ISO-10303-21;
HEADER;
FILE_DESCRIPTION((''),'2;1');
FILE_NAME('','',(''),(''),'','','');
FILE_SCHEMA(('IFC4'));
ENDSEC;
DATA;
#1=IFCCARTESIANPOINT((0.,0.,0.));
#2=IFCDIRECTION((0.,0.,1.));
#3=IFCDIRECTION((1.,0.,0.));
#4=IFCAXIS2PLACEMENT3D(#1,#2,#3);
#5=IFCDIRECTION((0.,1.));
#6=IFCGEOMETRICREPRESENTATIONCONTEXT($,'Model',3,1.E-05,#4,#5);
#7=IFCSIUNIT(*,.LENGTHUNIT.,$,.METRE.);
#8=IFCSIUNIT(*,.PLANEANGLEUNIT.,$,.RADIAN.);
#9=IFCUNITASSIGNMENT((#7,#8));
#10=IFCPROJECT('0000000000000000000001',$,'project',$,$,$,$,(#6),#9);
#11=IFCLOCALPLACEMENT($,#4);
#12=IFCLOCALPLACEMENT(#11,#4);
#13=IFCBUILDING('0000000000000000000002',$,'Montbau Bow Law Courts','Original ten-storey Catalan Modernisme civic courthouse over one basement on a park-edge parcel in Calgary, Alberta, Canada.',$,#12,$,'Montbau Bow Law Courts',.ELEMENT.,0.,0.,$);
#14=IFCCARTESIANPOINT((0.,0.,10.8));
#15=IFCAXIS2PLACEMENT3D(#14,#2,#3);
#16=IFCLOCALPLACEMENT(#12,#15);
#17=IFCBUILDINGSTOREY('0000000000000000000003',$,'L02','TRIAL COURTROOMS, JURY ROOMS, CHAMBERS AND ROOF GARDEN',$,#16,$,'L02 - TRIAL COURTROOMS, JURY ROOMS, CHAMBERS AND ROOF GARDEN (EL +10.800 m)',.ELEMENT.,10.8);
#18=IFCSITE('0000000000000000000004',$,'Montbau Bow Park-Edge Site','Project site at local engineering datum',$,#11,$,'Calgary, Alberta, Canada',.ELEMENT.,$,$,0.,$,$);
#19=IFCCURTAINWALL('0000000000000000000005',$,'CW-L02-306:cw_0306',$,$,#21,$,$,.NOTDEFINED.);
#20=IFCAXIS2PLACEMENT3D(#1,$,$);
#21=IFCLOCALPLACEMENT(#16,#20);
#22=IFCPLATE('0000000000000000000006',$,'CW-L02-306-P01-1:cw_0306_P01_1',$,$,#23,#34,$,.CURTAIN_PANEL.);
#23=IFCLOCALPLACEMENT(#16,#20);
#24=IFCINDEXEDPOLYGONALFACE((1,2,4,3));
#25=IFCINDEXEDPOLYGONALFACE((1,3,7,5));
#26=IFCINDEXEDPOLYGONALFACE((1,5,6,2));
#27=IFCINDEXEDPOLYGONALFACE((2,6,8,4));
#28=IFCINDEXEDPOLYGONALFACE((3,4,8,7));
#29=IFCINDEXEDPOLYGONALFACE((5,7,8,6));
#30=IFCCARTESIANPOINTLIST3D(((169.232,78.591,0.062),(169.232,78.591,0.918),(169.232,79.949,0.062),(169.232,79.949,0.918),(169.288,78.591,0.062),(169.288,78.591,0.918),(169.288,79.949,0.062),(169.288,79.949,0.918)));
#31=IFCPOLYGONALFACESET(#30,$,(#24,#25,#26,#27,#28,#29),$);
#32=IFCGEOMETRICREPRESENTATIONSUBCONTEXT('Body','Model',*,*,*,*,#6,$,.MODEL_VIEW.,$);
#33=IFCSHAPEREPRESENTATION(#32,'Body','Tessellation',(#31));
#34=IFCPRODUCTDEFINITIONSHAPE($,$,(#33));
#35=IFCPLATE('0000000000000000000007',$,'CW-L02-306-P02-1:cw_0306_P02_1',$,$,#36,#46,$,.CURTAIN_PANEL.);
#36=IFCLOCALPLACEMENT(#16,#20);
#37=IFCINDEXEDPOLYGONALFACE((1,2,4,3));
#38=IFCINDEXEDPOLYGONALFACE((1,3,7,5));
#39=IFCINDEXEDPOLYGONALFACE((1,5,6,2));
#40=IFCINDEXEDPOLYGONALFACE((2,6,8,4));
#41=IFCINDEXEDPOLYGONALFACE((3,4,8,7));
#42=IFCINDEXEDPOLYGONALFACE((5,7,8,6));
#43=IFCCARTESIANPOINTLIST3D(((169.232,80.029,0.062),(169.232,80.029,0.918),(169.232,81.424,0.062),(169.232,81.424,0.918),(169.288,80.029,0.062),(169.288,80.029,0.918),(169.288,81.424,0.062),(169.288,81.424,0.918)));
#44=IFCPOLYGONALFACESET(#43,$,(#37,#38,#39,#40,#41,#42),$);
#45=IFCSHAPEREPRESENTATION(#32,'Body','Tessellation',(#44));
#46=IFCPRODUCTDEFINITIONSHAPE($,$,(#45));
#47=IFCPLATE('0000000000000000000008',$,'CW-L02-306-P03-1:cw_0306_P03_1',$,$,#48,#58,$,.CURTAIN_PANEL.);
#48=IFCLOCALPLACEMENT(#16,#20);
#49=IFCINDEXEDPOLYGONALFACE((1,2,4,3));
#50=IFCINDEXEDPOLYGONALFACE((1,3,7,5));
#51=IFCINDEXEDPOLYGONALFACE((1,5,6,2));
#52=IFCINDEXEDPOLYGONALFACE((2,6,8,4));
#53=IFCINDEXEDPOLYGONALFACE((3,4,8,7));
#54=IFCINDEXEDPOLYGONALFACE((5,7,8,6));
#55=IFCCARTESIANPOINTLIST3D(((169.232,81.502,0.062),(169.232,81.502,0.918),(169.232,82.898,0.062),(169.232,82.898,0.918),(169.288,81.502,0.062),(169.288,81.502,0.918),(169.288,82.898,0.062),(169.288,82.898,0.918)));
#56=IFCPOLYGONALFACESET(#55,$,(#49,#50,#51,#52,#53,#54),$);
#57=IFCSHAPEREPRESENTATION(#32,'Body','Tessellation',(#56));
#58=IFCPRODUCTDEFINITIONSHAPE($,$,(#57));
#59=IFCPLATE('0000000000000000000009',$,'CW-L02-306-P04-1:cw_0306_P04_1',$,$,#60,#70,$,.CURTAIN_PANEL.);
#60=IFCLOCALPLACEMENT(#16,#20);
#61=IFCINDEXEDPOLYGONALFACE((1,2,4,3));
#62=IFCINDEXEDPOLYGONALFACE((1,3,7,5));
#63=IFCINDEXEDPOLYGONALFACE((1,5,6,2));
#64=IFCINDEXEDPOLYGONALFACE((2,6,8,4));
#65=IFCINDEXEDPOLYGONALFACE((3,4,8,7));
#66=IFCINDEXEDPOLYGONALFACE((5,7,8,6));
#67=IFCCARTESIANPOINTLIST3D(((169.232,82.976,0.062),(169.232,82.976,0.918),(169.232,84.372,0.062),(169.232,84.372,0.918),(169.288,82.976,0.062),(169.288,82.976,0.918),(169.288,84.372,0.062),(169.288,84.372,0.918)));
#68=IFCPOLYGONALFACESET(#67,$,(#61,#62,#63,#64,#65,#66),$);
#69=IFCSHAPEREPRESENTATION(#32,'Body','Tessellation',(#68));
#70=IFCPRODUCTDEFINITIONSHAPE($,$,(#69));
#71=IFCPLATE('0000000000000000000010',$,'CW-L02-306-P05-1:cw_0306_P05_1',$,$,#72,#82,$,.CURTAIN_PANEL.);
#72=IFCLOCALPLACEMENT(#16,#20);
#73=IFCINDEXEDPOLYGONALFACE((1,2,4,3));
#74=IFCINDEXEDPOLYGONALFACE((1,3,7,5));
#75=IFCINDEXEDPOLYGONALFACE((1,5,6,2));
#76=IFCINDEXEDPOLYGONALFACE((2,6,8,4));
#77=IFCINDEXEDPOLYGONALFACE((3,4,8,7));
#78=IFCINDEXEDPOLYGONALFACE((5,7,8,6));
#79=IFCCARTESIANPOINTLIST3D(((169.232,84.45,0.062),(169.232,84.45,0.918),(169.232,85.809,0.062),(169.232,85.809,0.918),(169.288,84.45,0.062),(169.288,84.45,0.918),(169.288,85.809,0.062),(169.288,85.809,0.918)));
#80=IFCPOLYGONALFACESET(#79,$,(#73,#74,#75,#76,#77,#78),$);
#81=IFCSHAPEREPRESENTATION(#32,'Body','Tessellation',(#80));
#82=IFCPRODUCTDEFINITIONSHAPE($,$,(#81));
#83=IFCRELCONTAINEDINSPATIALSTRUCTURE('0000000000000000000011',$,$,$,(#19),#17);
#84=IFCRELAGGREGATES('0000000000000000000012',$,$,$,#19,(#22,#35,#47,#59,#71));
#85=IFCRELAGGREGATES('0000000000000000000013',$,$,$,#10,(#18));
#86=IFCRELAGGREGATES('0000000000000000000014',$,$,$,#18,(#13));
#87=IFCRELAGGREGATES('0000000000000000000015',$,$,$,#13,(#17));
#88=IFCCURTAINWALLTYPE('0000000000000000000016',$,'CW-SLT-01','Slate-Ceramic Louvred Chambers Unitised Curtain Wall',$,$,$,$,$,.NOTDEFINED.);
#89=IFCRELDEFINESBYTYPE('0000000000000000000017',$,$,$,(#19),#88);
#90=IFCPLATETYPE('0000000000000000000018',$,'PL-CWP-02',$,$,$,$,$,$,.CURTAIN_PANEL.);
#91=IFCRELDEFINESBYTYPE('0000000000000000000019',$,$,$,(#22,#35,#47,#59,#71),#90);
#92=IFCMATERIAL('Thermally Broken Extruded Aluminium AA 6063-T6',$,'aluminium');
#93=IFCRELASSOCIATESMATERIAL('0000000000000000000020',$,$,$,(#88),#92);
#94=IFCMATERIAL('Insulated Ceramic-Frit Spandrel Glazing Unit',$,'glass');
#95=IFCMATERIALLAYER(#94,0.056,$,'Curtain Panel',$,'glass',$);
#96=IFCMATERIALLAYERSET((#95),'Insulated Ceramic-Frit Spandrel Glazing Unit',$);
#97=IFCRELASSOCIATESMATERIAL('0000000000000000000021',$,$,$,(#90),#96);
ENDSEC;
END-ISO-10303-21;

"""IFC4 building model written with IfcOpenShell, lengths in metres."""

from ifc_helpers import new_model, si_unit, direction, frame, frame_2d, origin_with_axes, place, context, subcontext, project, spatial, rectangle, extrude, material, layer, layer_set, type_object, element, aggregate, save


model = new_model("IFC4")

# Units and contexts
model_context = context("Model", 3, precision=1e-05, world=origin_with_axes(), true_north=direction((0.0, 1.0)))
body_context = subcontext(model_context, "Body", "Model", "MODEL_VIEW")
ifc_project = project(units=[si_unit("LENGTHUNIT", "METRE"), si_unit("PLANEANGLEUNIT", "RADIAN")], contexts=[model_context])

# Site, building, storey
site_placement = place(None, origin_with_axes())
site = spatial("IfcSite", under=ifc_project, at=site_placement, Name="Montbau Bow Park-Edge Site", Description="Project site at local engineering datum", LongName="Calgary, Alberta, Canada", CompositionType="ELEMENT", RefElevation=0.0)
building_placement = place(site_placement, origin_with_axes())
building = spatial("IfcBuilding", under=site, at=building_placement, Name="Montbau Bow Law Courts", Description="Original ten-storey Catalan Modernisme civic courthouse over one basement on a park-edge parcel in Calgary, Alberta, Canada.", LongName="Montbau Bow Law Courts", CompositionType="ELEMENT", ElevationOfRefHeight=0.0, ElevationOfTerrain=0.0)
storey_placement = place(building_placement, frame((0.0, 0.0, 10.8), z_axis=(0.0, 0.0, 1.0), x_axis=(1.0, 0.0, 0.0)))
storey = spatial("IfcBuildingStorey", under=building, at=storey_placement, Name="L02", Description="TRIAL COURTROOMS, JURY ROOMS, CHAMBERS AND ROOF GARDEN", LongName="L02 - TRIAL COURTROOMS, JURY ROOMS, CHAMBERS AND ROOF GARDEN (EL +10.800 m)", CompositionType="ELEMENT", Elevation=10.8)

# Curtain wall
ifc_material_1 = material(Name="Thermally Broken Extruded Aluminium AA 6063-T6", Category="aluminium")
curtain_wall_type = type_object("IfcCurtainWallType", Name="CW-SLT-01", Description="Slate-Ceramic Louvred Chambers Unitised Curtain Wall", PredefinedType="NOTDEFINED", material=ifc_material_1)
curtain_wall_1_placement = place(None, frame((169.26, 78.515, 10.8), z_axis=(0.0, 0.0, 1.0), x_axis=(1.0, 0.0, 0.0)))
curtain_wall_1 = element("IfcCurtainWall", 1, at=curtain_wall_1_placement, inside=storey, type_object=curtain_wall_type, Name="CW-L02-306:cw_0306", PredefinedType="NOTDEFINED")

# Plates
ifc_material_2 = material(Name="Insulated Ceramic-Frit Spandrel Glazing Unit", Category="glass")
ifc_layer_1 = layer(ifc_material_2, 0.056, Name="Curtain Panel", Category="glass")
ifc_layer_set_1 = layer_set([ifc_layer_1], Name="Insulated Ceramic-Frit Spandrel Glazing Unit")
plate_type_1 = type_object("IfcPlateType", Name="PL-CWP-02", PredefinedType="CURTAIN_PANEL", material=ifc_layer_set_1)
plate_1_placement = place(None, frame((169.26, 78.591, 10.862), z_axis=(1.0, 0.0, 0.0), x_axis=(0.0, 1.0, 0.0)))
plate_1 = element("IfcPlate", 2, at=plate_1_placement, type_object=plate_type_1, Name="CW-L02-306-P01-1:cw_0306_P01_1", PredefinedType="CURTAIN_PANEL", context=body_context, shape_type="SweptSolid", body=[
    extrude(rectangle(XDim=1.358, YDim=0.856, at=frame_2d((0.679, 0.428), x_axis=(1.0, 0.0))), frame((0.0, 0.0, -0.028), z_axis=(0.0, 0.0, 1.0), x_axis=(1.0, 0.0, 0.0)), (0.0, 0.0, 1.0), 0.056),
])
plate_2_placement = place(None, frame((169.26, 80.029, 10.862), z_axis=(1.0, 0.0, 0.0), x_axis=(0.0, 1.0, 0.0)))
plate_2 = element("IfcPlate", 3, at=plate_2_placement, type_object=plate_type_1, Name="CW-L02-306-P02-1:cw_0306_P02_1", PredefinedType="CURTAIN_PANEL", context=body_context, shape_type="SweptSolid", body=[
    extrude(rectangle(XDim=1.395, YDim=0.856, at=frame_2d((0.6975, 0.428), x_axis=(1.0, 0.0))), frame((0.0, 0.0, -0.028), z_axis=(0.0, 0.0, 1.0), x_axis=(1.0, 0.0, 0.0)), (0.0, 0.0, 1.0), 0.056),
])
plate_3_placement = place(None, frame((169.26, 81.502, 10.862), z_axis=(1.0, 0.0, 0.0), x_axis=(0.0, 1.0, 0.0)))
plate_3 = element("IfcPlate", 4, at=plate_3_placement, type_object=plate_type_1, Name="CW-L02-306-P03-1:cw_0306_P03_1", PredefinedType="CURTAIN_PANEL", context=body_context, shape_type="SweptSolid", body=[
    extrude(rectangle(XDim=1.396, YDim=0.856, at=frame_2d((0.698, 0.428), x_axis=(1.0, 0.0))), frame((0.0, 0.0, -0.028), z_axis=(0.0, 0.0, 1.0), x_axis=(1.0, 0.0, 0.0)), (0.0, 0.0, 1.0), 0.056),
])
plate_4_placement = place(None, frame((169.26, 82.976, 10.862), z_axis=(1.0, 0.0, 0.0), x_axis=(0.0, 1.0, 0.0)))
plate_4 = element("IfcPlate", 5, at=plate_4_placement, type_object=plate_type_1, Name="CW-L02-306-P04-1:cw_0306_P04_1", PredefinedType="CURTAIN_PANEL", context=body_context, shape_type="SweptSolid", body=[
    extrude(rectangle(XDim=1.396, YDim=0.856, at=frame_2d((0.698, 0.428), x_axis=(1.0, 0.0))), frame((0.0, 0.0, -0.028), z_axis=(0.0, 0.0, 1.0), x_axis=(1.0, 0.0, 0.0)), (0.0, 0.0, 1.0), 0.056),
])
plate_5_placement = place(None, frame((169.26, 84.45, 10.862), z_axis=(1.0, 0.0, 0.0), x_axis=(0.0, 1.0, 0.0)))
plate_5 = element("IfcPlate", 6, at=plate_5_placement, type_object=plate_type_1, Name="CW-L02-306-P05-1:cw_0306_P05_1", PredefinedType="CURTAIN_PANEL", context=body_context, shape_type="SweptSolid", body=[
    extrude(rectangle(XDim=1.359, YDim=0.856, at=frame_2d((0.6795, 0.428), x_axis=(1.0, 0.0))), frame((0.0, 0.0, -0.028), z_axis=(0.0, 0.0, 1.0), x_axis=(1.0, 0.0, 0.0)), (0.0, 0.0, 1.0), 0.056),
])
aggregate(curtain_wall_1, [plate_1, plate_2, plate_3, plate_4, plate_5])

save(model, "model.ifc")
